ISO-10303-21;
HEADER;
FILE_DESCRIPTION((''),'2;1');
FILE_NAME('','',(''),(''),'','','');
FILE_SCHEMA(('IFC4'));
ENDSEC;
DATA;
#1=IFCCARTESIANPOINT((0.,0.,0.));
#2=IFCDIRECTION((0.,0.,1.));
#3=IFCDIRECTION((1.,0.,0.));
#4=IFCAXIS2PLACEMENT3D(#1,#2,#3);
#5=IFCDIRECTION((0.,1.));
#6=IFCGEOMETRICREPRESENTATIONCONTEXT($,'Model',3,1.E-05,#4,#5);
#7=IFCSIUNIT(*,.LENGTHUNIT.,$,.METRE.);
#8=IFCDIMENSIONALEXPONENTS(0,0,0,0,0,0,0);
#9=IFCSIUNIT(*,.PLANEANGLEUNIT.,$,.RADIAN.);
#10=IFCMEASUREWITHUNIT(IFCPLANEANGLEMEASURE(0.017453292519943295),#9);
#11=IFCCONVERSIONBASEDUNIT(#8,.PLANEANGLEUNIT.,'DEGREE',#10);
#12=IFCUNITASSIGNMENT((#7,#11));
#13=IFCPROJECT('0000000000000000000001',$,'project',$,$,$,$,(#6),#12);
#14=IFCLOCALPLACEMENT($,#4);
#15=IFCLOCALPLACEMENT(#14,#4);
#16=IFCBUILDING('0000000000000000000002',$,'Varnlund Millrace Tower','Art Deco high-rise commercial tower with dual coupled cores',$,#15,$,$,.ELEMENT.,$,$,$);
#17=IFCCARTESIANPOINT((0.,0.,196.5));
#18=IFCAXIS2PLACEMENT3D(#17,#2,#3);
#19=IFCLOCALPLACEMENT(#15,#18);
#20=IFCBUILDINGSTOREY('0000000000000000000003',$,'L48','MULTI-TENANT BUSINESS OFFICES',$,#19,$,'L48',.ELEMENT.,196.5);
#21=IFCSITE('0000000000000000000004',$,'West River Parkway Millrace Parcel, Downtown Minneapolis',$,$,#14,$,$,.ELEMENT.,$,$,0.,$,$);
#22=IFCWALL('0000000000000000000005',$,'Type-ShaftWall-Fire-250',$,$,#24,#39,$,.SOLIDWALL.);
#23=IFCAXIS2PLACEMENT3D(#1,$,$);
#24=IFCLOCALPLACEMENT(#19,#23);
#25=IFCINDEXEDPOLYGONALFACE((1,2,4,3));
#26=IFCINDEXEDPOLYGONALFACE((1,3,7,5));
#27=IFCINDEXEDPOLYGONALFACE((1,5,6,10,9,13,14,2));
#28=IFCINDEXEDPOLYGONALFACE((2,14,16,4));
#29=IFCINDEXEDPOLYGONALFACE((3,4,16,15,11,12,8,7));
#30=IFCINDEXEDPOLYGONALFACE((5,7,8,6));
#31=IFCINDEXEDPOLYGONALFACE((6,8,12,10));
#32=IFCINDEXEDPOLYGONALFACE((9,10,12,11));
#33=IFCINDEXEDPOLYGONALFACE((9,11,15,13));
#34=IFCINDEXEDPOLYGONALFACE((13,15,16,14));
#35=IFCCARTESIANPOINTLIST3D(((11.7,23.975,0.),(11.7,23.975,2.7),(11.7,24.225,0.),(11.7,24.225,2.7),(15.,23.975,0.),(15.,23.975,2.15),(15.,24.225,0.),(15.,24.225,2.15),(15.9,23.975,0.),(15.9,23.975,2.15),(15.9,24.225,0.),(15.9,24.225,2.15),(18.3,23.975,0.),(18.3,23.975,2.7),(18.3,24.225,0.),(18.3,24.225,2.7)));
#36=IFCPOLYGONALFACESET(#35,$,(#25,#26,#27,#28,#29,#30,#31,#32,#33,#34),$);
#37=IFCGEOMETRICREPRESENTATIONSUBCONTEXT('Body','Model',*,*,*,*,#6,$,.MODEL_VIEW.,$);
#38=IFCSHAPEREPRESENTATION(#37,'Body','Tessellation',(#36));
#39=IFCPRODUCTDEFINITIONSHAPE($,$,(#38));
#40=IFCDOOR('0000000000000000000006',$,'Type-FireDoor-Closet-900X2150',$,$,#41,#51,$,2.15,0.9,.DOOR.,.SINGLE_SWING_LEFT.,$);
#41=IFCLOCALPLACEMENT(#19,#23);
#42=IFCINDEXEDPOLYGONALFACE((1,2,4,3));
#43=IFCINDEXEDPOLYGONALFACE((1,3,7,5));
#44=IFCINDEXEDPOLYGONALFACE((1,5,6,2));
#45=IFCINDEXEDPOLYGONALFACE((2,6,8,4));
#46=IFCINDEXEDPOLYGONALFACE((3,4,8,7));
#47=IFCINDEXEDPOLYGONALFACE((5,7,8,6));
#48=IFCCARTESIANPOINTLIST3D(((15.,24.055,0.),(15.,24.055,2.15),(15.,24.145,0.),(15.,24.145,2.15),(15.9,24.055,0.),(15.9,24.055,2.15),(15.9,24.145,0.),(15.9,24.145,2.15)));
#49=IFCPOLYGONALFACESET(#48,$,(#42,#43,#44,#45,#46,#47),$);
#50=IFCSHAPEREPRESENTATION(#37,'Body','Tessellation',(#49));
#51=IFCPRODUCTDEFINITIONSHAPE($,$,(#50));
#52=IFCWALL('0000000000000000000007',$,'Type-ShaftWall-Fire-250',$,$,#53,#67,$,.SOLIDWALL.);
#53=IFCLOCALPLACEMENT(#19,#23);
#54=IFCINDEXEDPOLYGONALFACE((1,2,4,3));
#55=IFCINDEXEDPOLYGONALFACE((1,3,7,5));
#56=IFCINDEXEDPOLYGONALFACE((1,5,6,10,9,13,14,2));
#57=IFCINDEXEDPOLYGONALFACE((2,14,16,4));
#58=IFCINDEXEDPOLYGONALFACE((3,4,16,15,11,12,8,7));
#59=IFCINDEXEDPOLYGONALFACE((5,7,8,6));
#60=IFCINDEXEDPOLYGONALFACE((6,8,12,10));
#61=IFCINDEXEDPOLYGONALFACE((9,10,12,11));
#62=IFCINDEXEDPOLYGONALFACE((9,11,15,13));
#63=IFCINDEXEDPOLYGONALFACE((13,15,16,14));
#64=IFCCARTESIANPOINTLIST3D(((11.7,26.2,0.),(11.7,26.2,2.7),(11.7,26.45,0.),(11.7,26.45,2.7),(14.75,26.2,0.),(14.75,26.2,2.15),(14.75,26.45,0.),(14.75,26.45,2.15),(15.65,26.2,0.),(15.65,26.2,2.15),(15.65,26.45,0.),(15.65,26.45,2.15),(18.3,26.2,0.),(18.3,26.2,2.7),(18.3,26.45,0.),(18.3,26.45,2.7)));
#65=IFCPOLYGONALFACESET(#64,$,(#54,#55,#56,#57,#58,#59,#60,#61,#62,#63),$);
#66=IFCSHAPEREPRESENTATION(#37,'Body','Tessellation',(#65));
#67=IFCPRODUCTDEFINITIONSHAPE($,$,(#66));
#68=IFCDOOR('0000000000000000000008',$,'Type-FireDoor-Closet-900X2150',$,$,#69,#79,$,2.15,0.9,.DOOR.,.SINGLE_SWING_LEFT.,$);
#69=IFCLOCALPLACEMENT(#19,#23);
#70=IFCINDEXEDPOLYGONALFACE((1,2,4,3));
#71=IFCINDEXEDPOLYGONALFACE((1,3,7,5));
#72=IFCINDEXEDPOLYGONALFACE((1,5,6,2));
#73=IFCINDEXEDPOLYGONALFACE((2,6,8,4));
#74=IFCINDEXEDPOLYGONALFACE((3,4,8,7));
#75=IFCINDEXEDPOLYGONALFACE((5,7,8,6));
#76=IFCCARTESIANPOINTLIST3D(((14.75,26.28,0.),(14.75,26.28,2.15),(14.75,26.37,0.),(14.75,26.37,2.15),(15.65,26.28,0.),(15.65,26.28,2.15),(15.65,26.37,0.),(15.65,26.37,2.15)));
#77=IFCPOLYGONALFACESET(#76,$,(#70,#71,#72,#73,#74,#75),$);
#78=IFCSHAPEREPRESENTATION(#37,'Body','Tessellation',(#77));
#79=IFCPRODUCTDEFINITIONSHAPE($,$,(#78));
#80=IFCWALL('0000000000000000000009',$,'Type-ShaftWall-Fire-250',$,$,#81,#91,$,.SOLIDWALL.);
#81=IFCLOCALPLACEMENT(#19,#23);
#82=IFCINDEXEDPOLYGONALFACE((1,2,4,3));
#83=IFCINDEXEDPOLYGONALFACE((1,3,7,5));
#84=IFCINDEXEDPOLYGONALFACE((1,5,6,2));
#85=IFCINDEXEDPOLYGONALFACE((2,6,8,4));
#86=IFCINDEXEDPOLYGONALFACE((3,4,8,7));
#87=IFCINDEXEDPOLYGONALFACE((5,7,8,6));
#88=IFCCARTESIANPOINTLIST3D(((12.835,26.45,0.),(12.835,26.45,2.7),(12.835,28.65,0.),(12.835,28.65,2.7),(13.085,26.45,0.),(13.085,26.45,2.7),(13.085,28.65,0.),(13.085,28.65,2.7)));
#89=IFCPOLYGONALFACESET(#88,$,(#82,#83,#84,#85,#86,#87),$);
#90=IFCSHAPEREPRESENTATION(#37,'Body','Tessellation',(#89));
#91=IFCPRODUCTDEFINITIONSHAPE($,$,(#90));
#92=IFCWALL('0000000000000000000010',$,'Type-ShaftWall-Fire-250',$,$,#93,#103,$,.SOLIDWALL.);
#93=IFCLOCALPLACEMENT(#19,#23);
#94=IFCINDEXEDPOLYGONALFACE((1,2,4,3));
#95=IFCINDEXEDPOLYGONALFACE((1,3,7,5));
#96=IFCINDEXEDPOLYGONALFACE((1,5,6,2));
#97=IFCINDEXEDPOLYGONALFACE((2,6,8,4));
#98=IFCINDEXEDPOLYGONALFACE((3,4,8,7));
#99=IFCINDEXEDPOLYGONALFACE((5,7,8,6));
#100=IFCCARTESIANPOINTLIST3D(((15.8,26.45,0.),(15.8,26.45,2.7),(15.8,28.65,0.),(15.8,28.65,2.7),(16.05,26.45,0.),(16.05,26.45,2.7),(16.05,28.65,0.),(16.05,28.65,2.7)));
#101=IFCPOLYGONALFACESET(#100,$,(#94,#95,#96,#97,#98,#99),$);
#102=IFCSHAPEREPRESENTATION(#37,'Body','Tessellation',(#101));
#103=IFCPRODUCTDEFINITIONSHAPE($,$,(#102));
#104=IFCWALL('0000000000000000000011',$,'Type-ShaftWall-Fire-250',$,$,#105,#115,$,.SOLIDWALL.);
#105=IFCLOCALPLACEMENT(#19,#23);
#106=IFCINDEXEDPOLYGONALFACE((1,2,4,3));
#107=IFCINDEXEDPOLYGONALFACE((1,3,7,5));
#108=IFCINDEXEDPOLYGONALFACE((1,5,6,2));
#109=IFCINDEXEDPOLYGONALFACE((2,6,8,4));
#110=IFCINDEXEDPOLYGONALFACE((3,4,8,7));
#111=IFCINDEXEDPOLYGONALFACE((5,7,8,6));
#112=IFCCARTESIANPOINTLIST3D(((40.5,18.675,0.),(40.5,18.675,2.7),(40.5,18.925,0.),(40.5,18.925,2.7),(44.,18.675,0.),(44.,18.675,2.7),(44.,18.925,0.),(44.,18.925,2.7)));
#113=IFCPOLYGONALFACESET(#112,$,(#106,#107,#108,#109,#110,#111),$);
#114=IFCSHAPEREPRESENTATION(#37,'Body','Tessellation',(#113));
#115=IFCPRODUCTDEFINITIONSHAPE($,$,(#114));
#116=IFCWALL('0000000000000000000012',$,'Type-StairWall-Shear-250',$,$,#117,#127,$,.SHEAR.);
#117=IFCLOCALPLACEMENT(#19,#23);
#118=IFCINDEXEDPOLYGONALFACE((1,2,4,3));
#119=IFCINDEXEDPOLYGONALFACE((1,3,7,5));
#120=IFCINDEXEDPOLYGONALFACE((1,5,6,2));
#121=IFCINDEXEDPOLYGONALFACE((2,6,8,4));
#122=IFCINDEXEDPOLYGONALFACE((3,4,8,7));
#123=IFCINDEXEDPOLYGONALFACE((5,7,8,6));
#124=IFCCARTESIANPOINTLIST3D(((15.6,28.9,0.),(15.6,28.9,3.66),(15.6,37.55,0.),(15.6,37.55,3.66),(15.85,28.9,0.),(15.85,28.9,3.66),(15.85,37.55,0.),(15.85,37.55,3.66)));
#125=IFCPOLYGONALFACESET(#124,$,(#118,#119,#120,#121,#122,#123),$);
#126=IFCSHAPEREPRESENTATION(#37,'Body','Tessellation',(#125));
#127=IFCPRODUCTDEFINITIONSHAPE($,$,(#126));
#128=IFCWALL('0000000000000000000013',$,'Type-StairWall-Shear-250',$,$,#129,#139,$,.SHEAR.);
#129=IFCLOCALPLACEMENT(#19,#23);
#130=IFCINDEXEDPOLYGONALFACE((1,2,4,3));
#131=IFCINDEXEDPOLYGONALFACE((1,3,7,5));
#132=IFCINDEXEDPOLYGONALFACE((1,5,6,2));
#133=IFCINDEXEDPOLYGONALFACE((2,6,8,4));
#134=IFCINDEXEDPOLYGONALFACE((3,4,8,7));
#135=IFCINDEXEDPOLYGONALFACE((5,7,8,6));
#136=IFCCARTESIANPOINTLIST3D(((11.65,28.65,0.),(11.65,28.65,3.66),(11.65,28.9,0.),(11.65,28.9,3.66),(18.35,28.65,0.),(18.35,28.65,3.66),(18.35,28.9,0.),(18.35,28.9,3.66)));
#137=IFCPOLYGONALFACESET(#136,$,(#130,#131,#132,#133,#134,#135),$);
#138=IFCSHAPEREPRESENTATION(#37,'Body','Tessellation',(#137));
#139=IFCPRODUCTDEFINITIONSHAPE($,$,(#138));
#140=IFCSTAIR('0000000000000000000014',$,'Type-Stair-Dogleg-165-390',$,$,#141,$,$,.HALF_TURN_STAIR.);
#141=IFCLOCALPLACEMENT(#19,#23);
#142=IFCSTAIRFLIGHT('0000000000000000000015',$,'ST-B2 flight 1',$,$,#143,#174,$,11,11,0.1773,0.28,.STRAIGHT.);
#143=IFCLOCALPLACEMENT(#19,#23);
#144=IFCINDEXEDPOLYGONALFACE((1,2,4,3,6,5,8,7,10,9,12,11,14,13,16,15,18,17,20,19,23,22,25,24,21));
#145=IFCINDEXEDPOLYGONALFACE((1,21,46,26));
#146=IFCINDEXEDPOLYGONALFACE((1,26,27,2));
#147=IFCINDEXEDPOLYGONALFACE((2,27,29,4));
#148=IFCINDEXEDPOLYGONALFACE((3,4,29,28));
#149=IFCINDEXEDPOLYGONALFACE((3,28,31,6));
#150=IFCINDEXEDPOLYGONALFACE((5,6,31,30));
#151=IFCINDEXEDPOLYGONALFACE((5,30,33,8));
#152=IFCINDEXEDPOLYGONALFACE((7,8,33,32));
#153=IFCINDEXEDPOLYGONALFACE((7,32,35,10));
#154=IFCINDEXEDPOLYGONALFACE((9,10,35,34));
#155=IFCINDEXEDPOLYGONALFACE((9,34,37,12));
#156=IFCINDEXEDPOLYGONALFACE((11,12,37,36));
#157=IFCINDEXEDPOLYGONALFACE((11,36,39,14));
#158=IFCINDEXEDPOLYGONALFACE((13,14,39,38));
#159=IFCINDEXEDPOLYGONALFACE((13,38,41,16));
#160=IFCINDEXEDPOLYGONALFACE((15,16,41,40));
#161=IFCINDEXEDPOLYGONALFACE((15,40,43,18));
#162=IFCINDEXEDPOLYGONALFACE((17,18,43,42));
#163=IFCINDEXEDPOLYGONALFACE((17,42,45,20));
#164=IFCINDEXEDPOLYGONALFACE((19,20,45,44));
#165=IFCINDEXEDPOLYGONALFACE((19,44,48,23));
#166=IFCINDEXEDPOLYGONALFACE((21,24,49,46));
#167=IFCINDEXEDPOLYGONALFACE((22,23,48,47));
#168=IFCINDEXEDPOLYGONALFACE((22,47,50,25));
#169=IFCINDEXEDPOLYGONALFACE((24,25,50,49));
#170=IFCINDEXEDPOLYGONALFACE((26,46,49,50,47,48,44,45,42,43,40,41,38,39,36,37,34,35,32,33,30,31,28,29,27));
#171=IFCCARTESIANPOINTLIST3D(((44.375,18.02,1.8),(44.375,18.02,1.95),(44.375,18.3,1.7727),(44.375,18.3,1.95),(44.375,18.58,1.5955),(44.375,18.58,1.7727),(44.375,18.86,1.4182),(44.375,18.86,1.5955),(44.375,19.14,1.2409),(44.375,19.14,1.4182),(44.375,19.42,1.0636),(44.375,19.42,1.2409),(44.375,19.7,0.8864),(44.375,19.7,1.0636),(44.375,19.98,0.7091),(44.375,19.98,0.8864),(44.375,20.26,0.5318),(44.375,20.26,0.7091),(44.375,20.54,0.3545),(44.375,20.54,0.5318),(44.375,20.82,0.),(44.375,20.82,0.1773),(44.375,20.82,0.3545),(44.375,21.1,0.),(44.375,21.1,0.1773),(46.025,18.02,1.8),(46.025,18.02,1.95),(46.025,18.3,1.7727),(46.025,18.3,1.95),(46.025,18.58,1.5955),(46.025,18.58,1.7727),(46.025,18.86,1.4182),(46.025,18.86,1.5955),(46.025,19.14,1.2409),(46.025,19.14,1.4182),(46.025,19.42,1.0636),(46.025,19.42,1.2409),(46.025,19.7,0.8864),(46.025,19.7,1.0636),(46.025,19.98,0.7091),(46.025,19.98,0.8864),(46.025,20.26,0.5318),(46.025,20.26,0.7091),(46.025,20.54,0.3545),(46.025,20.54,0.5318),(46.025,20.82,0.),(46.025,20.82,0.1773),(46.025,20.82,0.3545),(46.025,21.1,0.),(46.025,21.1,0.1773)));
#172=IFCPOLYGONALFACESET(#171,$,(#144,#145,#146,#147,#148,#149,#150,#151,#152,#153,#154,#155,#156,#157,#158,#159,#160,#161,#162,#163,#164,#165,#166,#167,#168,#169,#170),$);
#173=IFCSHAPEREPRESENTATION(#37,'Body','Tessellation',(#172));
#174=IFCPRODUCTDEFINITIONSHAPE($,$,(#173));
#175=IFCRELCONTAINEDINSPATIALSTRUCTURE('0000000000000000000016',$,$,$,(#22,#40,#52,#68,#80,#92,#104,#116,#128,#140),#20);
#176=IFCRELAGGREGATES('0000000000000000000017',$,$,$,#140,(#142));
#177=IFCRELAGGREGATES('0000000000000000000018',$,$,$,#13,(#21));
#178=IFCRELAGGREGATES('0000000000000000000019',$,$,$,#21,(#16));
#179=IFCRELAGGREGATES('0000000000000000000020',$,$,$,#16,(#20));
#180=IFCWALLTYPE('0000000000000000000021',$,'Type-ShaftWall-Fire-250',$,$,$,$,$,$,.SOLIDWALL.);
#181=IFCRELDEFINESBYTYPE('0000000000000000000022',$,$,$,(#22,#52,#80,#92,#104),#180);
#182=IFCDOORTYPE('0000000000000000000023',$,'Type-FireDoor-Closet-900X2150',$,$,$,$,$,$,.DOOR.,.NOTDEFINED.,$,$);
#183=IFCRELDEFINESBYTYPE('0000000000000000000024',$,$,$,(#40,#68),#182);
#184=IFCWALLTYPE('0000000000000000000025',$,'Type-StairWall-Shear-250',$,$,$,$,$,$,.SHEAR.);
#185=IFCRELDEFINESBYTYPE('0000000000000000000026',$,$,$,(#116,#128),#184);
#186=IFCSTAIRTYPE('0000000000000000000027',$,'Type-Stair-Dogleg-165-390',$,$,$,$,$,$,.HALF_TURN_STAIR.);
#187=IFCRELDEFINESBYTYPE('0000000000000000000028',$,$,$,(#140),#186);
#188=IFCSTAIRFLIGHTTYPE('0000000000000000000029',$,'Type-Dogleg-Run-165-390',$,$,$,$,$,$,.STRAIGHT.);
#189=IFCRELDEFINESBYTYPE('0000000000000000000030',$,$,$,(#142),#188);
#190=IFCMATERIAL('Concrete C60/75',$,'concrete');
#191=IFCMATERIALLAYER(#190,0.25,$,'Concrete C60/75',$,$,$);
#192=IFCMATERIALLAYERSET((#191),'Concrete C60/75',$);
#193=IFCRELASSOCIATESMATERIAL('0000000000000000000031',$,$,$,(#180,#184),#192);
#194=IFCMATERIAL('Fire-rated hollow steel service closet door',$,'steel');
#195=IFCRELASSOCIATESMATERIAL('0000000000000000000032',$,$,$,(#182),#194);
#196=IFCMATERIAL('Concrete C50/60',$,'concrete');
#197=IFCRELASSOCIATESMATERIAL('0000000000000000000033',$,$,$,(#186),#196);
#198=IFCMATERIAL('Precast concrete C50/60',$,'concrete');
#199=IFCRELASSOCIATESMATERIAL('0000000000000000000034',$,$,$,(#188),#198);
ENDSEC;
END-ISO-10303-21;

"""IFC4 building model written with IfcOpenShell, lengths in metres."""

from ifc_helpers import new_model, entity, si_unit, converted_unit, direction, frame, origin_with_axes, origin_2d_with_axis, place, context, subcontext, project, spatial, polyline, rectangle, outline, extrude, material, layer, layer_set, type_object, element, fill, aggregate, save


model = new_model("IFC4")

# Units and contexts
model_context = context("Model", 3, precision=1e-05, world=origin_with_axes(), true_north=direction((0.0, 1.0)))
body_context = subcontext(model_context, "Body", "Model", "MODEL_VIEW")
ifc_project = project(units=[si_unit("LENGTHUNIT", "METRE"), converted_unit("PLANEANGLEUNIT", "DEGREE", entity("IfcPlaneAngleMeasure", 0.017453292519943295), si_unit("PLANEANGLEUNIT", "RADIAN"), dimensions=[0, 0, 0, 0, 0, 0, 0])], contexts=[model_context])

# Site, building, storey
site_placement = place(None, origin_with_axes())
site = spatial("IfcSite", under=ifc_project, at=site_placement, Name="West River Parkway Millrace Parcel, Downtown Minneapolis", CompositionType="ELEMENT", RefElevation=0.0)
building_placement = place(site_placement, origin_with_axes())
building = spatial("IfcBuilding", under=site, at=building_placement, Name="Varnlund Millrace Tower", Description="Art Deco high-rise commercial tower with dual coupled cores", CompositionType="ELEMENT")
storey_placement = place(building_placement, frame((0.0, 0.0, 196.5), z_axis=(0.0, 0.0, 1.0), x_axis=(1.0, 0.0, 0.0)))
storey = spatial("IfcBuildingStorey", under=building, at=storey_placement, Name="L48", Description="MULTI-TENANT BUSINESS OFFICES", LongName="L48", CompositionType="ELEMENT", Elevation=196.5)

# Shared definitions
ifc_material_1 = material(Name="Concrete C60/75", Category="concrete")
ifc_layer_1 = layer(ifc_material_1, 0.25, Name="Concrete C60/75")
ifc_layer_set_1 = layer_set([ifc_layer_1], Name="Concrete C60/75")
wall_type_1 = type_object("IfcWallType", Name="Type-ShaftWall-Fire-250", PredefinedType="SOLIDWALL", material=ifc_layer_set_1)

# Walls, openings, doors
wall_1_placement = place(storey_placement, frame((11.7, 24.1, 0.0), z_axis=(0.0, 0.0, 1.0), x_axis=(1.0, 0.0, 0.0)))
wall_1 = element("IfcWall", 1, at=wall_1_placement, inside=storey, type_object=wall_type_1, Name="Type-ShaftWall-Fire-250", PredefinedType="SOLIDWALL", context=body_context, shape_type="SweptSolid", body=[
    extrude(outline(polyline([(0.0, -0.125), (6.6, -0.125), (6.6, 0.125), (0.0, 0.125), (0.0, -0.125)])), origin_with_axes(), (0.0, 0.0, 1.0), 2.7),
])
opening_1_placement = place(wall_1_placement, frame((3.75, 0.0, 0.0), z_axis=(0.0, 0.0, 1.0), x_axis=(1.0, 0.0, 0.0)))
opening_1 = element("IfcOpeningElement", 2, at=opening_1_placement, cuts=wall_1, PredefinedType="OPENING", context=body_context, shape_type="SweptSolid", body=[
    extrude(rectangle(XDim=0.9, YDim=0.27, at=origin_2d_with_axis()), origin_with_axes(), (0.0, 0.0, 1.0), 2.15),
])
ifc_material_2 = material(Name="Fire-rated hollow steel service closet door", Category="steel")
door_type_1 = type_object("IfcDoorType", Name="Type-FireDoor-Closet-900X2150", OperationType="NOTDEFINED", PredefinedType="DOOR", material=ifc_material_2)
door_1_placement = place(wall_1_placement, frame((3.75, 0.0, 0.0), z_axis=(0.0, 0.0, 1.0), x_axis=(1.0, 0.0, 0.0)))
door_1 = element("IfcDoor", 3, at=door_1_placement, inside=storey, type_object=door_type_1, Name="Type-FireDoor-Closet-900X2150", OperationType="SINGLE_SWING_LEFT", OverallHeight=2.15, OverallWidth=0.9, PredefinedType="DOOR", context=body_context, shape_type="SweptSolid", body=[
    extrude(rectangle(XDim=0.9, YDim=0.09, at=origin_2d_with_axis()), origin_with_axes(), (0.0, 0.0, 1.0), 2.15),
])
fill(opening_1, door_1)
wall_2_placement = place(storey_placement, frame((11.7, 26.325, 0.0), z_axis=(0.0, 0.0, 1.0), x_axis=(1.0, 0.0, 0.0)))
wall_2 = element("IfcWall", 4, at=wall_2_placement, inside=storey, type_object=wall_type_1, Name="Type-ShaftWall-Fire-250", PredefinedType="SOLIDWALL", context=body_context, shape_type="SweptSolid", body=[
    extrude(outline(polyline([(0.0, -0.125), (6.6, -0.125), (6.6, 0.125), (0.0, 0.125), (0.0, -0.125)])), origin_with_axes(), (0.0, 0.0, 1.0), 2.7),
])
opening_2_placement = place(wall_2_placement, frame((3.5, 0.0, 0.0), z_axis=(0.0, 0.0, 1.0), x_axis=(1.0, 0.0, 0.0)))
opening_2 = element("IfcOpeningElement", 5, at=opening_2_placement, cuts=wall_2, PredefinedType="OPENING", context=body_context, shape_type="SweptSolid", body=[
    extrude(rectangle(XDim=0.9, YDim=0.27, at=origin_2d_with_axis()), origin_with_axes(), (0.0, 0.0, 1.0), 2.15),
])
door_2_placement = place(wall_2_placement, frame((3.5, 0.0, 0.0), z_axis=(0.0, 0.0, 1.0), x_axis=(1.0, 0.0, 0.0)))
door_2 = element("IfcDoor", 6, at=door_2_placement, inside=storey, type_object=door_type_1, Name="Type-FireDoor-Closet-900X2150", OperationType="SINGLE_SWING_LEFT", OverallHeight=2.15, OverallWidth=0.9, PredefinedType="DOOR", context=body_context, shape_type="SweptSolid", body=[
    extrude(rectangle(XDim=0.9, YDim=0.09, at=origin_2d_with_axis()), origin_with_axes(), (0.0, 0.0, 1.0), 2.15),
])
fill(opening_2, door_2)

# Walls
for number, where, z_axis, x_axis, name in (
    (7, (12.96, 26.45, 0.0), (0.0, 0.0, 1.0), (0.0, 1.0, 0.0), "Type-ShaftWall-Fire-250"),
    (8, (15.925, 26.45, 0.0), (0.0, 0.0, 1.0), (0.0, 1.0, 0.0), "Type-ShaftWall-Fire-250"),
):
    element("IfcWall", number, at=place(storey_placement, frame(where, z_axis=z_axis, x_axis=x_axis)), inside=storey, type_object=wall_type_1, Name=name, PredefinedType="SOLIDWALL", context=body_context, shape_type="SweptSolid", body=[
        extrude(outline(polyline([(0.0, -0.125), (2.2, -0.125), (2.2, 0.125), (0.0, 0.125), (0.0, -0.125)])), origin_with_axes(), (0.0, 0.0, 1.0), 2.7),
    ])
wall_3_placement = place(storey_placement, frame((40.5, 18.8, 0.0), z_axis=(0.0, 0.0, 1.0), x_axis=(1.0, 0.0, 0.0)))
element("IfcWall", 9, at=wall_3_placement, inside=storey, type_object=wall_type_1, Name="Type-ShaftWall-Fire-250", PredefinedType="SOLIDWALL", context=body_context, shape_type="SweptSolid", body=[
    extrude(outline(polyline([(0.0, -0.125), (3.5, -0.125), (3.5, 0.125), (0.0, 0.125), (0.0, -0.125)])), origin_with_axes(), (0.0, 0.0, 1.0), 2.7),
])
wall_type_2 = type_object("IfcWallType", Name="Type-StairWall-Shear-250", PredefinedType="SHEAR", material=ifc_layer_set_1)
wall_4_placement = place(storey_placement, frame((15.725, 28.9, 0.0), z_axis=(0.0, 0.0, 1.0), x_axis=(0.0, 1.0, 0.0)))
element("IfcWall", 10, at=wall_4_placement, inside=storey, type_object=wall_type_2, Name="Type-StairWall-Shear-250", PredefinedType="SHEAR", context=body_context, shape_type="SweptSolid", body=[
    extrude(outline(polyline([(0.0, -0.125), (8.65, -0.125), (8.65, 0.125), (0.0, 0.125), (0.0, -0.125)])), origin_with_axes(), (0.0, 0.0, 1.0), 3.66),
])
wall_5_placement = place(storey_placement, frame((11.65, 28.775, 0.0), z_axis=(0.0, 0.0, 1.0), x_axis=(1.0, 0.0, 0.0)))
element("IfcWall", 11, at=wall_5_placement, inside=storey, type_object=wall_type_2, Name="Type-StairWall-Shear-250", PredefinedType="SHEAR", context=body_context, shape_type="SweptSolid", body=[
    extrude(outline(polyline([(0.0, -0.125), (6.7, -0.125), (6.7, 0.125), (0.0, 0.125), (0.0, -0.125)])), origin_with_axes(), (0.0, 0.0, 1.0), 3.66),
])

# Stair, stair flight
ifc_material_3 = material(Name="Concrete C50/60", Category="concrete")
stair_type_1 = type_object("IfcStairType", Name="Type-Stair-Dogleg-165-390", PredefinedType="HALF_TURN_STAIR", material=ifc_material_3)
stair_1_placement = place(storey_placement, origin_with_axes())
stair_1 = element("IfcStair", 12, at=stair_1_placement, inside=storey, type_object=stair_type_1, Name="Type-Stair-Dogleg-165-390", PredefinedType="HALF_TURN_STAIR")
ifc_material_4 = material(Name="Precast concrete C50/60", Category="concrete")
stair_flight_type_1 = type_object("IfcStairFlightType", Name="Type-Dogleg-Run-165-390", PredefinedType="STRAIGHT", material=ifc_material_4)
stair_flight_1_placement = place(storey_placement, frame((46.025, 21.1, 0.0), z_axis=(-1.0, 0.0, 0.0), x_axis=(0.0, -1.0, 0.0)))
stair_flight_1 = element("IfcStairFlight", 13, at=stair_flight_1_placement, type_object=stair_flight_type_1, Name="ST-B2 flight 1", NumberOfRisers=11, NumberOfTreads=11, PredefinedType="STRAIGHT", RiserHeight=0.1773, TreadLength=0.28, context=body_context, shape_type="SweptSolid", body=[
    extrude(outline(polyline([(0.0, 0.0), (0.0, 0.1773), (0.28, 0.1773), (0.28, 0.3545), (0.56, 0.3545), (0.56, 0.5318), (0.84, 0.5318), (0.84, 0.7091), (1.12, 0.7091), (1.12, 0.8864), (1.4, 0.8864), (1.4, 1.0636), (1.68, 1.0636), (1.68, 1.2409), (1.96, 1.2409), (1.96, 1.4182), (2.24, 1.4182), (2.24, 1.5955), (2.52, 1.5955), (2.52, 1.7727), (2.8, 1.7727), (2.8, 1.95), (3.08, 1.95), (3.08, 1.8), (0.28, 0.0), (0.0, 0.0)])), origin_with_axes(), (0.0, 0.0, 1.0), 1.65),
])
aggregate(stair_1, [stair_flight_1])

save(model, "model.ifc")
